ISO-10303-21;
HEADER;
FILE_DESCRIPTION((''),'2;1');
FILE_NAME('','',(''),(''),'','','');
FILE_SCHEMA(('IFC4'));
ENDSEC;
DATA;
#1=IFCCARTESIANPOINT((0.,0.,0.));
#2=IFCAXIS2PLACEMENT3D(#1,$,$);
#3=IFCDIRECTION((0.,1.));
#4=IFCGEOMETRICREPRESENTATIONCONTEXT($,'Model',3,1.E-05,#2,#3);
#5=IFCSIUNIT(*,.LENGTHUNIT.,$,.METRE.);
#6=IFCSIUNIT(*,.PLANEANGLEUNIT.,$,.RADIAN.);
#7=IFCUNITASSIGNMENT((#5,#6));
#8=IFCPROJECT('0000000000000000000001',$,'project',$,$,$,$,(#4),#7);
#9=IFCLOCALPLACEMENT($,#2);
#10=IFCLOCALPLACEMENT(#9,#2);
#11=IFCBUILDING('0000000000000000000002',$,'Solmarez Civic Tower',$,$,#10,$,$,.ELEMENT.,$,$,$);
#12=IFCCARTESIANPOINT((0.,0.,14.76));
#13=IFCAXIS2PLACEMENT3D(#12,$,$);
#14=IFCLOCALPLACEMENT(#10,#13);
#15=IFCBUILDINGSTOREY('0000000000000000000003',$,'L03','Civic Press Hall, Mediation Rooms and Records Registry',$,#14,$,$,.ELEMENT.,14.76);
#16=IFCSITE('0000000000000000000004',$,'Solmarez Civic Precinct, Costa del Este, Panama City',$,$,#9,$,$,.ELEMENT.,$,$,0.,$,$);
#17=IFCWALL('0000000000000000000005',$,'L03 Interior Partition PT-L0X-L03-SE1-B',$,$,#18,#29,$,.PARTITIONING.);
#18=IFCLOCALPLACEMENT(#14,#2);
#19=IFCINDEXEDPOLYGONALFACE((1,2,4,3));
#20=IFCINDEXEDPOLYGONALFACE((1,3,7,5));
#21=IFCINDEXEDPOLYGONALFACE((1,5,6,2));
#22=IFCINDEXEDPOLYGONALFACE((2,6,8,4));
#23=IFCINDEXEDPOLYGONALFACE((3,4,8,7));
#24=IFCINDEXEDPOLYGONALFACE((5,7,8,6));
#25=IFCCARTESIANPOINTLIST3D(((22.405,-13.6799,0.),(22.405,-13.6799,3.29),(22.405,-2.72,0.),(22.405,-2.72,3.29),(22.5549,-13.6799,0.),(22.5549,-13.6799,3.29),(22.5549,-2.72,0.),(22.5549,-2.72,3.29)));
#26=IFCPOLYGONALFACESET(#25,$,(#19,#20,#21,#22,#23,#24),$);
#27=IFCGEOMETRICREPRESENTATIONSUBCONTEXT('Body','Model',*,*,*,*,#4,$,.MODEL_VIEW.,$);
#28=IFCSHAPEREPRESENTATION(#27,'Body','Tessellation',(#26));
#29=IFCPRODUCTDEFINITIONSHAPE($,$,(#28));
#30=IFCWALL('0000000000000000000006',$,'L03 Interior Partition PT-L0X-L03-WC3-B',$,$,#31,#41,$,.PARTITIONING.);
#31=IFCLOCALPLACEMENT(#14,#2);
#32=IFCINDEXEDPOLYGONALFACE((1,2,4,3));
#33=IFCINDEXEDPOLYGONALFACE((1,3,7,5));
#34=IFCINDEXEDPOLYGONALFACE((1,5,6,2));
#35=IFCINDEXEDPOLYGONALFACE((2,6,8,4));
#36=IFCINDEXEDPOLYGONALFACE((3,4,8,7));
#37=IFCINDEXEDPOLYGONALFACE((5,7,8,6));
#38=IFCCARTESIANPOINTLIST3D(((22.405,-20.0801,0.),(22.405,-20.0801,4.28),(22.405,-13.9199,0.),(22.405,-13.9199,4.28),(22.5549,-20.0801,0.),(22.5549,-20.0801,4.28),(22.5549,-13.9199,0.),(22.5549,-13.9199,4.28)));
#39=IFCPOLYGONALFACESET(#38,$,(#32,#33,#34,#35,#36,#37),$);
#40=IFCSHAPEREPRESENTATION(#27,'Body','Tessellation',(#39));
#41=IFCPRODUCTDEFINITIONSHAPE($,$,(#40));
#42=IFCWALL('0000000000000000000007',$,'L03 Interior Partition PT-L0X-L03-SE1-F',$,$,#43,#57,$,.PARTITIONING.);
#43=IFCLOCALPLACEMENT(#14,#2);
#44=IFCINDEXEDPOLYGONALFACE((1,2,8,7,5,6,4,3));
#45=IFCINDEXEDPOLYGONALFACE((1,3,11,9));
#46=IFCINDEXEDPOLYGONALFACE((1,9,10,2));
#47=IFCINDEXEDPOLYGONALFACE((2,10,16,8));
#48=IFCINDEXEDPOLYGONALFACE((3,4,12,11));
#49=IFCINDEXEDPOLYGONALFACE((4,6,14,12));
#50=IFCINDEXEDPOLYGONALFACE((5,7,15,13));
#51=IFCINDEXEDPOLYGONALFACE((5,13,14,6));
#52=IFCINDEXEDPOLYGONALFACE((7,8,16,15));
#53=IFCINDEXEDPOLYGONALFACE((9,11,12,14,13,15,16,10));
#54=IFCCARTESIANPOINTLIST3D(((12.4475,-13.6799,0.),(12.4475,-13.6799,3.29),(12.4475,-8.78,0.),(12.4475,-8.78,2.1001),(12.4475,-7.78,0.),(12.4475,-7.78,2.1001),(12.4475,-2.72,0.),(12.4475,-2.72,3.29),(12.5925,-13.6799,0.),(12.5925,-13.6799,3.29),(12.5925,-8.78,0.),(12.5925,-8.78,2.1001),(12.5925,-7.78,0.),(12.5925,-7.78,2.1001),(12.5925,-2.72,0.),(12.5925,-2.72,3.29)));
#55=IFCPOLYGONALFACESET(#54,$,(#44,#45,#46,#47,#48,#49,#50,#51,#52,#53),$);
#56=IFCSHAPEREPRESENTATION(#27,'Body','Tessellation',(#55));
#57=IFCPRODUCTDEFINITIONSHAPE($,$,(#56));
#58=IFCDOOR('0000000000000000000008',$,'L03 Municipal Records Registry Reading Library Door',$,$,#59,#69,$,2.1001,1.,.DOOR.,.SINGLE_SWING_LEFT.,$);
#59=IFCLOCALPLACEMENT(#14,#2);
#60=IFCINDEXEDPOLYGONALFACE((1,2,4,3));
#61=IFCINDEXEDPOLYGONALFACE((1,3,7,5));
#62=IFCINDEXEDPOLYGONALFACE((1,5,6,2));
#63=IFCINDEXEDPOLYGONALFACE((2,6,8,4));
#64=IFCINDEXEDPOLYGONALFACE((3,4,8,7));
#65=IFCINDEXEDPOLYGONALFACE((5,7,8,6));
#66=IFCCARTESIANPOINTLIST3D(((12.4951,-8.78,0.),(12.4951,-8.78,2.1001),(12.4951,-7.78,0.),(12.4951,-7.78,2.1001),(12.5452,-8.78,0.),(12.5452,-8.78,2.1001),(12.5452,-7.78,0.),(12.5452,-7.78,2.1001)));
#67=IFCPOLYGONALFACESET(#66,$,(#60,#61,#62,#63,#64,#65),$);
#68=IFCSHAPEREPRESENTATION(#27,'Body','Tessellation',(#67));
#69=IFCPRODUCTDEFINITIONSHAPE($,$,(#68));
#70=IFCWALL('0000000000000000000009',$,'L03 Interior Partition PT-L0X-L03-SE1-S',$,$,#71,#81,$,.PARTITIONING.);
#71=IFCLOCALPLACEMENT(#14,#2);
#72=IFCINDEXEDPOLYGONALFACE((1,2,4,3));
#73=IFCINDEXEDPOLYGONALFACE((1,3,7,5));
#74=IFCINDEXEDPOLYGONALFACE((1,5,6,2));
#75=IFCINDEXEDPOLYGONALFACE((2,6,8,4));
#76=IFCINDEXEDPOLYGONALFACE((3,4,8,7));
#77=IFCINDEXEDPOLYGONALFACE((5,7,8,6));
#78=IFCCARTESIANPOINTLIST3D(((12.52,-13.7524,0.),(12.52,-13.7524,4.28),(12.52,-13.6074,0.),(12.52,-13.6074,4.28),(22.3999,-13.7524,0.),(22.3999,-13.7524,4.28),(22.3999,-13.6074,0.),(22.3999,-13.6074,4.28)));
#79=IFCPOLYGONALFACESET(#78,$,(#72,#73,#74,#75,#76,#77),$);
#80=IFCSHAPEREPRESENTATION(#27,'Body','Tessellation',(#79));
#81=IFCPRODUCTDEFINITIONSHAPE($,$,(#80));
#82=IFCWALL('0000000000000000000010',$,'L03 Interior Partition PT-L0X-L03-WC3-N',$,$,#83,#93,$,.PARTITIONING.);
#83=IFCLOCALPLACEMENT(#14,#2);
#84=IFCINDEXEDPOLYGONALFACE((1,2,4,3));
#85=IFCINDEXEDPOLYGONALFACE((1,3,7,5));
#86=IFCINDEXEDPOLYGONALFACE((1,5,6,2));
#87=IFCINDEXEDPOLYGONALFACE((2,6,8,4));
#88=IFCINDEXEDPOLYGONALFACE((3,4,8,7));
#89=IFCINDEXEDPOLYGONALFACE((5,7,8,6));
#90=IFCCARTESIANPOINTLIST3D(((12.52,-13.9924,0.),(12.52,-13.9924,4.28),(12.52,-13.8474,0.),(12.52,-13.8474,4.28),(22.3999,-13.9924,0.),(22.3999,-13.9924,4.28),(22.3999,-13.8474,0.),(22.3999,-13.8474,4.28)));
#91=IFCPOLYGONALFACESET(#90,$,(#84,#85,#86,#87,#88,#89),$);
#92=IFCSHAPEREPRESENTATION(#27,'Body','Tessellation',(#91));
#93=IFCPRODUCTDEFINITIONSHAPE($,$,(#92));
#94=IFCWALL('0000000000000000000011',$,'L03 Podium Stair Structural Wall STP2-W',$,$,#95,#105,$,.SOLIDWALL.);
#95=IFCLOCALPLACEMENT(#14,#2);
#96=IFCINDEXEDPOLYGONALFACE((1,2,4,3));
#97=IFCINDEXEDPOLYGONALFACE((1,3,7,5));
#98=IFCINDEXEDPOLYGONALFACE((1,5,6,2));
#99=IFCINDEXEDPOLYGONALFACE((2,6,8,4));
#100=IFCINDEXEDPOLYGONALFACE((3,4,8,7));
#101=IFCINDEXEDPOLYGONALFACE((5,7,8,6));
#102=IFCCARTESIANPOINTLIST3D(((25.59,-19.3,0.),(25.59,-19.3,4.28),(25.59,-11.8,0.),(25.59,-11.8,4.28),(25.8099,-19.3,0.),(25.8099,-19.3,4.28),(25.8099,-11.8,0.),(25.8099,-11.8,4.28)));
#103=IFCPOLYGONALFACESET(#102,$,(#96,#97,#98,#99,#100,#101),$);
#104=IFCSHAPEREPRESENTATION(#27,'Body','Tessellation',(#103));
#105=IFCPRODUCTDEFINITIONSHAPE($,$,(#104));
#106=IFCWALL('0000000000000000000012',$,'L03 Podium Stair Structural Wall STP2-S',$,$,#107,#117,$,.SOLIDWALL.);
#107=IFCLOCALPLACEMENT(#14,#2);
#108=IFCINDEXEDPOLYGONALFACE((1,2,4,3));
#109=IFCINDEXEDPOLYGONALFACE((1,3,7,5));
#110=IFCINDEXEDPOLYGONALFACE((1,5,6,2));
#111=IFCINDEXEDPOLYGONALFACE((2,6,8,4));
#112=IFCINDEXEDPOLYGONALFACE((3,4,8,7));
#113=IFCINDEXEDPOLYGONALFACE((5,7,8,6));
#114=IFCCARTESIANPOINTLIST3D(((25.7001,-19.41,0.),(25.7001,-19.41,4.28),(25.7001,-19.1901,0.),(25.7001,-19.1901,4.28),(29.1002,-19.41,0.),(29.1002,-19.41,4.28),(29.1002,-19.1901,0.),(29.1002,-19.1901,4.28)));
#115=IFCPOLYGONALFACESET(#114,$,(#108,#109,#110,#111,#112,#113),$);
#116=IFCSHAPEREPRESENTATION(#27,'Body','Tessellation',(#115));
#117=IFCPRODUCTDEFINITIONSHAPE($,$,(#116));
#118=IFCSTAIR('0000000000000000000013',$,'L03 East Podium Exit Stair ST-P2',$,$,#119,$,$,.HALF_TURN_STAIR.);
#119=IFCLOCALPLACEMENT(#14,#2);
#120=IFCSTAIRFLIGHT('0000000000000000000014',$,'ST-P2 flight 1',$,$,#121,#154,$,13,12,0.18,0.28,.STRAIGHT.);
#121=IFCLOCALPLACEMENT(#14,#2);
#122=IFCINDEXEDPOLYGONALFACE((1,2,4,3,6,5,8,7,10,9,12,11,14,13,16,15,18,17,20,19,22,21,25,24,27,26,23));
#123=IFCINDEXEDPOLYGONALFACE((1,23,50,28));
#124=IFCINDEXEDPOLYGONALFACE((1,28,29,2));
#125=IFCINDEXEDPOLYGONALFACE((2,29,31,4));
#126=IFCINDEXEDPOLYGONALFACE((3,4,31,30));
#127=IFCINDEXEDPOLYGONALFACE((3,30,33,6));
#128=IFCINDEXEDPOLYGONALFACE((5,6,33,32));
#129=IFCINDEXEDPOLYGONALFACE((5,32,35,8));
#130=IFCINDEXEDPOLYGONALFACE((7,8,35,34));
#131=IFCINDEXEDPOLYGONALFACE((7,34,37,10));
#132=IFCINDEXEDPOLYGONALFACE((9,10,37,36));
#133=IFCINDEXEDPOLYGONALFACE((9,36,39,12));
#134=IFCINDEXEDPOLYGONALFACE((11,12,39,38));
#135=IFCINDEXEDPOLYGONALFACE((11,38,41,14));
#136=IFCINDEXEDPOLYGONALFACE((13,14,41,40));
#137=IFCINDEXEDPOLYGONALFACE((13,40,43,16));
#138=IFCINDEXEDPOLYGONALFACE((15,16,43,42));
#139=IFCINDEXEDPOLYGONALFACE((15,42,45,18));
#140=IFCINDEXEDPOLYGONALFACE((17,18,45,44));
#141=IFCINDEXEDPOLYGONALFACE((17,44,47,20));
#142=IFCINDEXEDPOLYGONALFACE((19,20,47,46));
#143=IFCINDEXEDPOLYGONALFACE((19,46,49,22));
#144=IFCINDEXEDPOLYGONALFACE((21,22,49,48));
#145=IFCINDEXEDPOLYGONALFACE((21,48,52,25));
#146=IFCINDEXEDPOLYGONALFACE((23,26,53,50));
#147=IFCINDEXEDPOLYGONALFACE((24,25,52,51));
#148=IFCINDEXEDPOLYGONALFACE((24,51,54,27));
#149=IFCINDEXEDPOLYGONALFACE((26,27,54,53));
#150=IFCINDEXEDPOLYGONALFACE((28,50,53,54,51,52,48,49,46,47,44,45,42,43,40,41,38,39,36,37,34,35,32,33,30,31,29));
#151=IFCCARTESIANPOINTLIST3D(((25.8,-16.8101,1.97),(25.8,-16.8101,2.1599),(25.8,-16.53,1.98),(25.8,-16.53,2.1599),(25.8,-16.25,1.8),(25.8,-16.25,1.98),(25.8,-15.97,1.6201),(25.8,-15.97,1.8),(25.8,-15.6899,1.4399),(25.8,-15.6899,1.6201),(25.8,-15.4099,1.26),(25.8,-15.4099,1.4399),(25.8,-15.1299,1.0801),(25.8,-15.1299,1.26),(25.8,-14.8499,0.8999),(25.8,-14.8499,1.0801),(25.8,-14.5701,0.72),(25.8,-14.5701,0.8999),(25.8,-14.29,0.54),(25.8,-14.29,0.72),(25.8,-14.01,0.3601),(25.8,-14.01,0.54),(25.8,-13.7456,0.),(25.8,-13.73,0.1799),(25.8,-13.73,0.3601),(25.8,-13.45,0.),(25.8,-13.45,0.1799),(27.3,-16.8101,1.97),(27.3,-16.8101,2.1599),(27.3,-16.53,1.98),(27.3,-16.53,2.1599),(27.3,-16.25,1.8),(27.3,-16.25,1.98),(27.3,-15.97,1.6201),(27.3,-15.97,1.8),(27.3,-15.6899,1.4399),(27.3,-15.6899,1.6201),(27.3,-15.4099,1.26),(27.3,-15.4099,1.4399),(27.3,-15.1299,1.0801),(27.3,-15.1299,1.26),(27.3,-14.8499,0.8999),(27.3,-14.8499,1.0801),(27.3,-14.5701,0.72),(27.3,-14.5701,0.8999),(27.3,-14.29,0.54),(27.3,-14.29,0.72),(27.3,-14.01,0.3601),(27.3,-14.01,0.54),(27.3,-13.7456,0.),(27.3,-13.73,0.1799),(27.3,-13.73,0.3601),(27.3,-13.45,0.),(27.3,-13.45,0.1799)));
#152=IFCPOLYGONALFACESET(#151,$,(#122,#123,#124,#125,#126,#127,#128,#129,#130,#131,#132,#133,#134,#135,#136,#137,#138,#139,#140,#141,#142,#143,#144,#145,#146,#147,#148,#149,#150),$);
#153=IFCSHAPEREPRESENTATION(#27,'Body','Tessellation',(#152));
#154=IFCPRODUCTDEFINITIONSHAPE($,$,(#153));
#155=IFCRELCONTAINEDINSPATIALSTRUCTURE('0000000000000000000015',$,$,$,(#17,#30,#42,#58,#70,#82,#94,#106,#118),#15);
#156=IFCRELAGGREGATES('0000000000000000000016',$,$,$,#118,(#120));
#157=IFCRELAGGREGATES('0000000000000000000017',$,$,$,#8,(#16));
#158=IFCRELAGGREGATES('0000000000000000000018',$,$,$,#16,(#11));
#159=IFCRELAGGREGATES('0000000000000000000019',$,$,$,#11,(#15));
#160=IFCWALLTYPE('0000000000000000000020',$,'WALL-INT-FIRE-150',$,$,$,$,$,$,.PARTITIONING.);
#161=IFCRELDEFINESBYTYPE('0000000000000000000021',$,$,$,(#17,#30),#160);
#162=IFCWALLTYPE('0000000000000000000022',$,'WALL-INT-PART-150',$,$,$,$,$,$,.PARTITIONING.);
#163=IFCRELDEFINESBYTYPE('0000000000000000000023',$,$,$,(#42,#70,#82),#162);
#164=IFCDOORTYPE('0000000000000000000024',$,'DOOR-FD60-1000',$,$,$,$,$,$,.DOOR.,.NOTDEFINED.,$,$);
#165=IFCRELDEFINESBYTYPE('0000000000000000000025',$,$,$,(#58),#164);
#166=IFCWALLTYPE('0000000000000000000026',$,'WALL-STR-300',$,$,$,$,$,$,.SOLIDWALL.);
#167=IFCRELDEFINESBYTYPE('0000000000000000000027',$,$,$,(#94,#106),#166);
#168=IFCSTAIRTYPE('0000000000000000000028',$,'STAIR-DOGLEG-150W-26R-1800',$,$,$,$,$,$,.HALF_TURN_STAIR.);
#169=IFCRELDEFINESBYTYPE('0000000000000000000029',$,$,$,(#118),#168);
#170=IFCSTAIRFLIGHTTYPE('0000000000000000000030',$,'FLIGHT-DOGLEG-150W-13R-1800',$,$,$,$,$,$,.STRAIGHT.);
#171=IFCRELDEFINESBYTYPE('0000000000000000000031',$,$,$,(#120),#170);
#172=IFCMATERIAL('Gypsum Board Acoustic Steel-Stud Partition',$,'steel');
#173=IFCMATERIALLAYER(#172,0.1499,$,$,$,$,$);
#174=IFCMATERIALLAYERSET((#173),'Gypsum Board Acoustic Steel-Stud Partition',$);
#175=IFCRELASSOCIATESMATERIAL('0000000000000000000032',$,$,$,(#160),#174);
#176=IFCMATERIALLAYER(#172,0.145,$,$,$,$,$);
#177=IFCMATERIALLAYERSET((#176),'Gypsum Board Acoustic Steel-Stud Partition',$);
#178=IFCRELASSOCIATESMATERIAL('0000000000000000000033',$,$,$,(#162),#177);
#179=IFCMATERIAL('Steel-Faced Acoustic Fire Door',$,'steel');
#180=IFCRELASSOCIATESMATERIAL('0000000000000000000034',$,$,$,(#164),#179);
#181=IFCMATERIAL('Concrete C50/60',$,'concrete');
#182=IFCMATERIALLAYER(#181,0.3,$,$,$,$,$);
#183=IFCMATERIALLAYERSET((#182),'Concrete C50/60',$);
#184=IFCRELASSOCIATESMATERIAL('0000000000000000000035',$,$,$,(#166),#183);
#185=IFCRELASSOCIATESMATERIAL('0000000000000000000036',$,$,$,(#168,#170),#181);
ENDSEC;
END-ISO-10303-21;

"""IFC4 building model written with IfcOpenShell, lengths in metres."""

from ifc_helpers import new_model, si_unit, direction, frame, frame_2d, origin, place, context, subcontext, project, spatial, polyline, rectangle, outline, extrude, material, layer, layer_set, type_object, element, fill, aggregate, save


model = new_model("IFC4")

# Units and contexts
model_context = context("Model", 3, precision=1e-05, world=origin(), true_north=direction((0.0, 1.0)))
body_context = subcontext(model_context, "Body", "Model", "MODEL_VIEW")
ifc_project = project(units=[si_unit("LENGTHUNIT", "METRE"), si_unit("PLANEANGLEUNIT", "RADIAN")], contexts=[model_context])

# Site, building, storey
site_placement = place(None, origin())
site = spatial("IfcSite", under=ifc_project, at=site_placement, Name="Solmarez Civic Precinct, Costa del Este, Panama City", CompositionType="ELEMENT", RefElevation=0.0)
building_placement = place(site_placement, origin())
building = spatial("IfcBuilding", under=site, at=building_placement, Name="Solmarez Civic Tower", CompositionType="ELEMENT")
storey_placement = place(building_placement, frame((0.0, 0.0, 14.76)))
storey = spatial("IfcBuildingStorey", under=building, at=storey_placement, Name="L03", Description="Civic Press Hall, Mediation Rooms and Records Registry", CompositionType="ELEMENT", Elevation=14.76)

# Shared definitions
ifc_material_1 = material(Name="Concrete C50/60", Category="concrete")

# Walls
ifc_material_2 = material(Name="Gypsum Board Acoustic Steel-Stud Partition", Category="steel")
ifc_layer_1 = layer(ifc_material_2, 0.1499)
ifc_layer_set_1 = layer_set([ifc_layer_1], Name="Gypsum Board Acoustic Steel-Stud Partition")
wall_type_1 = type_object("IfcWallType", Name="WALL-INT-FIRE-150", PredefinedType="PARTITIONING", material=ifc_layer_set_1)
wall_1_placement = place(storey_placement, frame((22.48, -13.6799, 0.0), z_axis=(0.0, 0.0, 1.0), x_axis=(0.0, 1.0, 0.0)))
element("IfcWall", 1, at=wall_1_placement, inside=storey, type_object=wall_type_1, Name="L03 Interior Partition PT-L0X-L03-SE1-B", PredefinedType="PARTITIONING", context=body_context, shape_type="SweptSolid", body=[
    extrude(rectangle(XDim=10.96, YDim=0.1499, at=frame_2d((5.48, 0.0))), origin(), (0.0, 0.0, 1.0), 3.29),
])
wall_2_placement = place(storey_placement, frame((22.48, -20.0801, 0.0), z_axis=(0.0, 0.0, 1.0), x_axis=(0.0, 1.0, 0.0)))
element("IfcWall", 2, at=wall_2_placement, inside=storey, type_object=wall_type_1, Name="L03 Interior Partition PT-L0X-L03-WC3-B", PredefinedType="PARTITIONING", context=body_context, shape_type="SweptSolid", body=[
    extrude(rectangle(XDim=6.1602, YDim=0.1499, at=frame_2d((3.0801, 0.0))), origin(), (0.0, 0.0, 1.0), 4.28),
])

# Wall, opening, door
ifc_layer_2 = layer(ifc_material_2, 0.145)
ifc_layer_set_2 = layer_set([ifc_layer_2], Name="Gypsum Board Acoustic Steel-Stud Partition")
wall_type_2 = type_object("IfcWallType", Name="WALL-INT-PART-150", PredefinedType="PARTITIONING", material=ifc_layer_set_2)
wall_3_placement = place(storey_placement, frame((12.52, -13.6799, 0.0), z_axis=(0.0, 0.0, 1.0), x_axis=(0.0, 1.0, 0.0)))
wall_3 = element("IfcWall", 3, at=wall_3_placement, inside=storey, type_object=wall_type_2, Name="L03 Interior Partition PT-L0X-L03-SE1-F", PredefinedType="PARTITIONING", context=body_context, shape_type="SweptSolid", body=[
    extrude(rectangle(XDim=10.96, YDim=0.145, at=frame_2d((5.48, 0.0))), origin(), (0.0, 0.0, 1.0), 3.29),
])
opening_placement = place(wall_3_placement, frame((4.8999, 0.0, 0.0)))
opening = element("IfcOpeningElement", 4, at=opening_placement, cuts=wall_3, PredefinedType="OPENING", context=body_context, shape_type="SweptSolid", body=[
    extrude(rectangle(XDim=1.0, YDim=2.1001, at=frame_2d((0.5, 1.05))), frame((0.0, 0.0825, 0.0), z_axis=(0.0, -1.0, 0.0), x_axis=(1.0, 0.0, 0.0)), (0.0, 0.0, 1.0), 0.165),
])
ifc_material_3 = material(Name="Steel-Faced Acoustic Fire Door", Category="steel")
door_type = type_object("IfcDoorType", Name="DOOR-FD60-1000", OperationType="NOTDEFINED", PredefinedType="DOOR", material=ifc_material_3)
door_placement = place(opening_placement, origin())
door = element("IfcDoor", 5, at=door_placement, inside=storey, type_object=door_type, Name="L03 Municipal Records Registry Reading Library Door", OperationType="SINGLE_SWING_LEFT", OverallHeight=2.1001, OverallWidth=1.0, PredefinedType="DOOR", context=body_context, shape_type="SweptSolid", body=[
    extrude(rectangle(XDim=1.0, YDim=2.1001, at=frame_2d((0.5, 1.05))), frame((0.0, 0.0249, 0.0), z_axis=(0.0, -1.0, 0.0), x_axis=(1.0, 0.0, 0.0)), (0.0, 0.0, 1.0), 0.05),
])
fill(opening, door)

# Walls
for number, where, z_axis, x_axis, name in (
    (6, (12.52, -13.6799, 0.0), (0.0, 0.0, 1.0), (1.0, 0.0, 0.0), "L03 Interior Partition PT-L0X-L03-SE1-S"),
    (7, (12.52, -13.9199, 0.0), (0.0, 0.0, 1.0), (1.0, 0.0, 0.0), "L03 Interior Partition PT-L0X-L03-WC3-N"),
):
    element("IfcWall", number, at=place(storey_placement, frame(where, z_axis=z_axis, x_axis=x_axis)), inside=storey, type_object=wall_type_2, Name=name, PredefinedType="PARTITIONING", context=body_context, shape_type="SweptSolid", body=[
        extrude(rectangle(XDim=9.8799, YDim=0.145, at=frame_2d((4.9399, 0.0))), origin(), (0.0, 0.0, 1.0), 4.28),
    ])
ifc_layer_3 = layer(ifc_material_1, 0.3)
ifc_layer_set_3 = layer_set([ifc_layer_3], Name="Concrete C50/60")
wall_type_3 = type_object("IfcWallType", Name="WALL-STR-300", PredefinedType="SOLIDWALL", material=ifc_layer_set_3)
wall_4_placement = place(storey_placement, frame((25.7, -19.3, 0.0), z_axis=(0.0, 0.0, 1.0), x_axis=(0.0, 1.0, 0.0)))
element("IfcWall", 8, at=wall_4_placement, inside=storey, type_object=wall_type_3, Name="L03 Podium Stair Structural Wall STP2-W", PredefinedType="SOLIDWALL", context=body_context, shape_type="SweptSolid", body=[
    extrude(rectangle(XDim=7.5, YDim=0.22, at=frame_2d((3.75, 0.0))), origin(), (0.0, 0.0, 1.0), 4.28),
])
wall_5_placement = place(storey_placement, frame((25.7, -19.3, 0.0), z_axis=(0.0, 0.0, 1.0), x_axis=(1.0, 0.0, 0.0)))
element("IfcWall", 9, at=wall_5_placement, inside=storey, type_object=wall_type_3, Name="L03 Podium Stair Structural Wall STP2-S", PredefinedType="SOLIDWALL", context=body_context, shape_type="SweptSolid", body=[
    extrude(rectangle(XDim=3.4001, YDim=0.22, at=frame_2d((1.7002, 0.0))), origin(), (0.0, 0.0, 1.0), 4.28),
])

# Stair, stair flight
stair_type = type_object("IfcStairType", Name="STAIR-DOGLEG-150W-26R-1800", PredefinedType="HALF_TURN_STAIR", material=ifc_material_1)
stair_placement = place(storey_placement, origin())
stair = element("IfcStair", 10, at=stair_placement, inside=storey, type_object=stair_type, Name="L03 East Podium Exit Stair ST-P2", PredefinedType="HALF_TURN_STAIR")
stair_flight_type = type_object("IfcStairFlightType", Name="FLIGHT-DOGLEG-150W-13R-1800", PredefinedType="STRAIGHT", material=ifc_material_1)
stair_flight_placement = place(storey_placement, frame((26.55, -13.45, 0.0), z_axis=(0.0, 0.0, 1.0), x_axis=(0.0, -1.0, 0.0)))
stair_flight = element("IfcStairFlight", 11, at=stair_flight_placement, type_object=stair_flight_type, Name="ST-P2 flight 1", NumberOfRisers=13, NumberOfTreads=12, PredefinedType="STRAIGHT", RiserHeight=0.18, TreadLength=0.28, context=body_context, shape_type="SweptSolid", body=[
    extrude(outline(polyline([(0.0, 0.0), (0.0, 0.1799), (0.28, 0.1799), (0.28, 0.3601), (0.5601, 0.3601), (0.5601, 0.54), (0.8401, 0.54), (0.8401, 0.72), (1.1201, 0.72), (1.1201, 0.8999), (1.3999, 0.8999), (1.3999, 1.0801), (1.6799, 1.0801), (1.6799, 1.26), (1.96, 1.26), (1.96, 1.4399), (2.24, 1.4399), (2.24, 1.6201), (2.52, 1.6201), (2.52, 1.8), (2.8, 1.8), (2.8, 1.98), (3.0801, 1.98), (3.0801, 2.1599), (3.3601, 2.1599), (3.3601, 2.3401), (3.3601, 1.97), (0.2957, 0.0), (0.0, 0.0)])), frame((0.0, 0.75, 0.0), z_axis=(0.0, -1.0, 0.0), x_axis=(1.0, 0.0, 0.0)), (0.0, 0.0, 1.0), 1.5),
])
aggregate(stair, [stair_flight])

save(model, "model.ifc")
